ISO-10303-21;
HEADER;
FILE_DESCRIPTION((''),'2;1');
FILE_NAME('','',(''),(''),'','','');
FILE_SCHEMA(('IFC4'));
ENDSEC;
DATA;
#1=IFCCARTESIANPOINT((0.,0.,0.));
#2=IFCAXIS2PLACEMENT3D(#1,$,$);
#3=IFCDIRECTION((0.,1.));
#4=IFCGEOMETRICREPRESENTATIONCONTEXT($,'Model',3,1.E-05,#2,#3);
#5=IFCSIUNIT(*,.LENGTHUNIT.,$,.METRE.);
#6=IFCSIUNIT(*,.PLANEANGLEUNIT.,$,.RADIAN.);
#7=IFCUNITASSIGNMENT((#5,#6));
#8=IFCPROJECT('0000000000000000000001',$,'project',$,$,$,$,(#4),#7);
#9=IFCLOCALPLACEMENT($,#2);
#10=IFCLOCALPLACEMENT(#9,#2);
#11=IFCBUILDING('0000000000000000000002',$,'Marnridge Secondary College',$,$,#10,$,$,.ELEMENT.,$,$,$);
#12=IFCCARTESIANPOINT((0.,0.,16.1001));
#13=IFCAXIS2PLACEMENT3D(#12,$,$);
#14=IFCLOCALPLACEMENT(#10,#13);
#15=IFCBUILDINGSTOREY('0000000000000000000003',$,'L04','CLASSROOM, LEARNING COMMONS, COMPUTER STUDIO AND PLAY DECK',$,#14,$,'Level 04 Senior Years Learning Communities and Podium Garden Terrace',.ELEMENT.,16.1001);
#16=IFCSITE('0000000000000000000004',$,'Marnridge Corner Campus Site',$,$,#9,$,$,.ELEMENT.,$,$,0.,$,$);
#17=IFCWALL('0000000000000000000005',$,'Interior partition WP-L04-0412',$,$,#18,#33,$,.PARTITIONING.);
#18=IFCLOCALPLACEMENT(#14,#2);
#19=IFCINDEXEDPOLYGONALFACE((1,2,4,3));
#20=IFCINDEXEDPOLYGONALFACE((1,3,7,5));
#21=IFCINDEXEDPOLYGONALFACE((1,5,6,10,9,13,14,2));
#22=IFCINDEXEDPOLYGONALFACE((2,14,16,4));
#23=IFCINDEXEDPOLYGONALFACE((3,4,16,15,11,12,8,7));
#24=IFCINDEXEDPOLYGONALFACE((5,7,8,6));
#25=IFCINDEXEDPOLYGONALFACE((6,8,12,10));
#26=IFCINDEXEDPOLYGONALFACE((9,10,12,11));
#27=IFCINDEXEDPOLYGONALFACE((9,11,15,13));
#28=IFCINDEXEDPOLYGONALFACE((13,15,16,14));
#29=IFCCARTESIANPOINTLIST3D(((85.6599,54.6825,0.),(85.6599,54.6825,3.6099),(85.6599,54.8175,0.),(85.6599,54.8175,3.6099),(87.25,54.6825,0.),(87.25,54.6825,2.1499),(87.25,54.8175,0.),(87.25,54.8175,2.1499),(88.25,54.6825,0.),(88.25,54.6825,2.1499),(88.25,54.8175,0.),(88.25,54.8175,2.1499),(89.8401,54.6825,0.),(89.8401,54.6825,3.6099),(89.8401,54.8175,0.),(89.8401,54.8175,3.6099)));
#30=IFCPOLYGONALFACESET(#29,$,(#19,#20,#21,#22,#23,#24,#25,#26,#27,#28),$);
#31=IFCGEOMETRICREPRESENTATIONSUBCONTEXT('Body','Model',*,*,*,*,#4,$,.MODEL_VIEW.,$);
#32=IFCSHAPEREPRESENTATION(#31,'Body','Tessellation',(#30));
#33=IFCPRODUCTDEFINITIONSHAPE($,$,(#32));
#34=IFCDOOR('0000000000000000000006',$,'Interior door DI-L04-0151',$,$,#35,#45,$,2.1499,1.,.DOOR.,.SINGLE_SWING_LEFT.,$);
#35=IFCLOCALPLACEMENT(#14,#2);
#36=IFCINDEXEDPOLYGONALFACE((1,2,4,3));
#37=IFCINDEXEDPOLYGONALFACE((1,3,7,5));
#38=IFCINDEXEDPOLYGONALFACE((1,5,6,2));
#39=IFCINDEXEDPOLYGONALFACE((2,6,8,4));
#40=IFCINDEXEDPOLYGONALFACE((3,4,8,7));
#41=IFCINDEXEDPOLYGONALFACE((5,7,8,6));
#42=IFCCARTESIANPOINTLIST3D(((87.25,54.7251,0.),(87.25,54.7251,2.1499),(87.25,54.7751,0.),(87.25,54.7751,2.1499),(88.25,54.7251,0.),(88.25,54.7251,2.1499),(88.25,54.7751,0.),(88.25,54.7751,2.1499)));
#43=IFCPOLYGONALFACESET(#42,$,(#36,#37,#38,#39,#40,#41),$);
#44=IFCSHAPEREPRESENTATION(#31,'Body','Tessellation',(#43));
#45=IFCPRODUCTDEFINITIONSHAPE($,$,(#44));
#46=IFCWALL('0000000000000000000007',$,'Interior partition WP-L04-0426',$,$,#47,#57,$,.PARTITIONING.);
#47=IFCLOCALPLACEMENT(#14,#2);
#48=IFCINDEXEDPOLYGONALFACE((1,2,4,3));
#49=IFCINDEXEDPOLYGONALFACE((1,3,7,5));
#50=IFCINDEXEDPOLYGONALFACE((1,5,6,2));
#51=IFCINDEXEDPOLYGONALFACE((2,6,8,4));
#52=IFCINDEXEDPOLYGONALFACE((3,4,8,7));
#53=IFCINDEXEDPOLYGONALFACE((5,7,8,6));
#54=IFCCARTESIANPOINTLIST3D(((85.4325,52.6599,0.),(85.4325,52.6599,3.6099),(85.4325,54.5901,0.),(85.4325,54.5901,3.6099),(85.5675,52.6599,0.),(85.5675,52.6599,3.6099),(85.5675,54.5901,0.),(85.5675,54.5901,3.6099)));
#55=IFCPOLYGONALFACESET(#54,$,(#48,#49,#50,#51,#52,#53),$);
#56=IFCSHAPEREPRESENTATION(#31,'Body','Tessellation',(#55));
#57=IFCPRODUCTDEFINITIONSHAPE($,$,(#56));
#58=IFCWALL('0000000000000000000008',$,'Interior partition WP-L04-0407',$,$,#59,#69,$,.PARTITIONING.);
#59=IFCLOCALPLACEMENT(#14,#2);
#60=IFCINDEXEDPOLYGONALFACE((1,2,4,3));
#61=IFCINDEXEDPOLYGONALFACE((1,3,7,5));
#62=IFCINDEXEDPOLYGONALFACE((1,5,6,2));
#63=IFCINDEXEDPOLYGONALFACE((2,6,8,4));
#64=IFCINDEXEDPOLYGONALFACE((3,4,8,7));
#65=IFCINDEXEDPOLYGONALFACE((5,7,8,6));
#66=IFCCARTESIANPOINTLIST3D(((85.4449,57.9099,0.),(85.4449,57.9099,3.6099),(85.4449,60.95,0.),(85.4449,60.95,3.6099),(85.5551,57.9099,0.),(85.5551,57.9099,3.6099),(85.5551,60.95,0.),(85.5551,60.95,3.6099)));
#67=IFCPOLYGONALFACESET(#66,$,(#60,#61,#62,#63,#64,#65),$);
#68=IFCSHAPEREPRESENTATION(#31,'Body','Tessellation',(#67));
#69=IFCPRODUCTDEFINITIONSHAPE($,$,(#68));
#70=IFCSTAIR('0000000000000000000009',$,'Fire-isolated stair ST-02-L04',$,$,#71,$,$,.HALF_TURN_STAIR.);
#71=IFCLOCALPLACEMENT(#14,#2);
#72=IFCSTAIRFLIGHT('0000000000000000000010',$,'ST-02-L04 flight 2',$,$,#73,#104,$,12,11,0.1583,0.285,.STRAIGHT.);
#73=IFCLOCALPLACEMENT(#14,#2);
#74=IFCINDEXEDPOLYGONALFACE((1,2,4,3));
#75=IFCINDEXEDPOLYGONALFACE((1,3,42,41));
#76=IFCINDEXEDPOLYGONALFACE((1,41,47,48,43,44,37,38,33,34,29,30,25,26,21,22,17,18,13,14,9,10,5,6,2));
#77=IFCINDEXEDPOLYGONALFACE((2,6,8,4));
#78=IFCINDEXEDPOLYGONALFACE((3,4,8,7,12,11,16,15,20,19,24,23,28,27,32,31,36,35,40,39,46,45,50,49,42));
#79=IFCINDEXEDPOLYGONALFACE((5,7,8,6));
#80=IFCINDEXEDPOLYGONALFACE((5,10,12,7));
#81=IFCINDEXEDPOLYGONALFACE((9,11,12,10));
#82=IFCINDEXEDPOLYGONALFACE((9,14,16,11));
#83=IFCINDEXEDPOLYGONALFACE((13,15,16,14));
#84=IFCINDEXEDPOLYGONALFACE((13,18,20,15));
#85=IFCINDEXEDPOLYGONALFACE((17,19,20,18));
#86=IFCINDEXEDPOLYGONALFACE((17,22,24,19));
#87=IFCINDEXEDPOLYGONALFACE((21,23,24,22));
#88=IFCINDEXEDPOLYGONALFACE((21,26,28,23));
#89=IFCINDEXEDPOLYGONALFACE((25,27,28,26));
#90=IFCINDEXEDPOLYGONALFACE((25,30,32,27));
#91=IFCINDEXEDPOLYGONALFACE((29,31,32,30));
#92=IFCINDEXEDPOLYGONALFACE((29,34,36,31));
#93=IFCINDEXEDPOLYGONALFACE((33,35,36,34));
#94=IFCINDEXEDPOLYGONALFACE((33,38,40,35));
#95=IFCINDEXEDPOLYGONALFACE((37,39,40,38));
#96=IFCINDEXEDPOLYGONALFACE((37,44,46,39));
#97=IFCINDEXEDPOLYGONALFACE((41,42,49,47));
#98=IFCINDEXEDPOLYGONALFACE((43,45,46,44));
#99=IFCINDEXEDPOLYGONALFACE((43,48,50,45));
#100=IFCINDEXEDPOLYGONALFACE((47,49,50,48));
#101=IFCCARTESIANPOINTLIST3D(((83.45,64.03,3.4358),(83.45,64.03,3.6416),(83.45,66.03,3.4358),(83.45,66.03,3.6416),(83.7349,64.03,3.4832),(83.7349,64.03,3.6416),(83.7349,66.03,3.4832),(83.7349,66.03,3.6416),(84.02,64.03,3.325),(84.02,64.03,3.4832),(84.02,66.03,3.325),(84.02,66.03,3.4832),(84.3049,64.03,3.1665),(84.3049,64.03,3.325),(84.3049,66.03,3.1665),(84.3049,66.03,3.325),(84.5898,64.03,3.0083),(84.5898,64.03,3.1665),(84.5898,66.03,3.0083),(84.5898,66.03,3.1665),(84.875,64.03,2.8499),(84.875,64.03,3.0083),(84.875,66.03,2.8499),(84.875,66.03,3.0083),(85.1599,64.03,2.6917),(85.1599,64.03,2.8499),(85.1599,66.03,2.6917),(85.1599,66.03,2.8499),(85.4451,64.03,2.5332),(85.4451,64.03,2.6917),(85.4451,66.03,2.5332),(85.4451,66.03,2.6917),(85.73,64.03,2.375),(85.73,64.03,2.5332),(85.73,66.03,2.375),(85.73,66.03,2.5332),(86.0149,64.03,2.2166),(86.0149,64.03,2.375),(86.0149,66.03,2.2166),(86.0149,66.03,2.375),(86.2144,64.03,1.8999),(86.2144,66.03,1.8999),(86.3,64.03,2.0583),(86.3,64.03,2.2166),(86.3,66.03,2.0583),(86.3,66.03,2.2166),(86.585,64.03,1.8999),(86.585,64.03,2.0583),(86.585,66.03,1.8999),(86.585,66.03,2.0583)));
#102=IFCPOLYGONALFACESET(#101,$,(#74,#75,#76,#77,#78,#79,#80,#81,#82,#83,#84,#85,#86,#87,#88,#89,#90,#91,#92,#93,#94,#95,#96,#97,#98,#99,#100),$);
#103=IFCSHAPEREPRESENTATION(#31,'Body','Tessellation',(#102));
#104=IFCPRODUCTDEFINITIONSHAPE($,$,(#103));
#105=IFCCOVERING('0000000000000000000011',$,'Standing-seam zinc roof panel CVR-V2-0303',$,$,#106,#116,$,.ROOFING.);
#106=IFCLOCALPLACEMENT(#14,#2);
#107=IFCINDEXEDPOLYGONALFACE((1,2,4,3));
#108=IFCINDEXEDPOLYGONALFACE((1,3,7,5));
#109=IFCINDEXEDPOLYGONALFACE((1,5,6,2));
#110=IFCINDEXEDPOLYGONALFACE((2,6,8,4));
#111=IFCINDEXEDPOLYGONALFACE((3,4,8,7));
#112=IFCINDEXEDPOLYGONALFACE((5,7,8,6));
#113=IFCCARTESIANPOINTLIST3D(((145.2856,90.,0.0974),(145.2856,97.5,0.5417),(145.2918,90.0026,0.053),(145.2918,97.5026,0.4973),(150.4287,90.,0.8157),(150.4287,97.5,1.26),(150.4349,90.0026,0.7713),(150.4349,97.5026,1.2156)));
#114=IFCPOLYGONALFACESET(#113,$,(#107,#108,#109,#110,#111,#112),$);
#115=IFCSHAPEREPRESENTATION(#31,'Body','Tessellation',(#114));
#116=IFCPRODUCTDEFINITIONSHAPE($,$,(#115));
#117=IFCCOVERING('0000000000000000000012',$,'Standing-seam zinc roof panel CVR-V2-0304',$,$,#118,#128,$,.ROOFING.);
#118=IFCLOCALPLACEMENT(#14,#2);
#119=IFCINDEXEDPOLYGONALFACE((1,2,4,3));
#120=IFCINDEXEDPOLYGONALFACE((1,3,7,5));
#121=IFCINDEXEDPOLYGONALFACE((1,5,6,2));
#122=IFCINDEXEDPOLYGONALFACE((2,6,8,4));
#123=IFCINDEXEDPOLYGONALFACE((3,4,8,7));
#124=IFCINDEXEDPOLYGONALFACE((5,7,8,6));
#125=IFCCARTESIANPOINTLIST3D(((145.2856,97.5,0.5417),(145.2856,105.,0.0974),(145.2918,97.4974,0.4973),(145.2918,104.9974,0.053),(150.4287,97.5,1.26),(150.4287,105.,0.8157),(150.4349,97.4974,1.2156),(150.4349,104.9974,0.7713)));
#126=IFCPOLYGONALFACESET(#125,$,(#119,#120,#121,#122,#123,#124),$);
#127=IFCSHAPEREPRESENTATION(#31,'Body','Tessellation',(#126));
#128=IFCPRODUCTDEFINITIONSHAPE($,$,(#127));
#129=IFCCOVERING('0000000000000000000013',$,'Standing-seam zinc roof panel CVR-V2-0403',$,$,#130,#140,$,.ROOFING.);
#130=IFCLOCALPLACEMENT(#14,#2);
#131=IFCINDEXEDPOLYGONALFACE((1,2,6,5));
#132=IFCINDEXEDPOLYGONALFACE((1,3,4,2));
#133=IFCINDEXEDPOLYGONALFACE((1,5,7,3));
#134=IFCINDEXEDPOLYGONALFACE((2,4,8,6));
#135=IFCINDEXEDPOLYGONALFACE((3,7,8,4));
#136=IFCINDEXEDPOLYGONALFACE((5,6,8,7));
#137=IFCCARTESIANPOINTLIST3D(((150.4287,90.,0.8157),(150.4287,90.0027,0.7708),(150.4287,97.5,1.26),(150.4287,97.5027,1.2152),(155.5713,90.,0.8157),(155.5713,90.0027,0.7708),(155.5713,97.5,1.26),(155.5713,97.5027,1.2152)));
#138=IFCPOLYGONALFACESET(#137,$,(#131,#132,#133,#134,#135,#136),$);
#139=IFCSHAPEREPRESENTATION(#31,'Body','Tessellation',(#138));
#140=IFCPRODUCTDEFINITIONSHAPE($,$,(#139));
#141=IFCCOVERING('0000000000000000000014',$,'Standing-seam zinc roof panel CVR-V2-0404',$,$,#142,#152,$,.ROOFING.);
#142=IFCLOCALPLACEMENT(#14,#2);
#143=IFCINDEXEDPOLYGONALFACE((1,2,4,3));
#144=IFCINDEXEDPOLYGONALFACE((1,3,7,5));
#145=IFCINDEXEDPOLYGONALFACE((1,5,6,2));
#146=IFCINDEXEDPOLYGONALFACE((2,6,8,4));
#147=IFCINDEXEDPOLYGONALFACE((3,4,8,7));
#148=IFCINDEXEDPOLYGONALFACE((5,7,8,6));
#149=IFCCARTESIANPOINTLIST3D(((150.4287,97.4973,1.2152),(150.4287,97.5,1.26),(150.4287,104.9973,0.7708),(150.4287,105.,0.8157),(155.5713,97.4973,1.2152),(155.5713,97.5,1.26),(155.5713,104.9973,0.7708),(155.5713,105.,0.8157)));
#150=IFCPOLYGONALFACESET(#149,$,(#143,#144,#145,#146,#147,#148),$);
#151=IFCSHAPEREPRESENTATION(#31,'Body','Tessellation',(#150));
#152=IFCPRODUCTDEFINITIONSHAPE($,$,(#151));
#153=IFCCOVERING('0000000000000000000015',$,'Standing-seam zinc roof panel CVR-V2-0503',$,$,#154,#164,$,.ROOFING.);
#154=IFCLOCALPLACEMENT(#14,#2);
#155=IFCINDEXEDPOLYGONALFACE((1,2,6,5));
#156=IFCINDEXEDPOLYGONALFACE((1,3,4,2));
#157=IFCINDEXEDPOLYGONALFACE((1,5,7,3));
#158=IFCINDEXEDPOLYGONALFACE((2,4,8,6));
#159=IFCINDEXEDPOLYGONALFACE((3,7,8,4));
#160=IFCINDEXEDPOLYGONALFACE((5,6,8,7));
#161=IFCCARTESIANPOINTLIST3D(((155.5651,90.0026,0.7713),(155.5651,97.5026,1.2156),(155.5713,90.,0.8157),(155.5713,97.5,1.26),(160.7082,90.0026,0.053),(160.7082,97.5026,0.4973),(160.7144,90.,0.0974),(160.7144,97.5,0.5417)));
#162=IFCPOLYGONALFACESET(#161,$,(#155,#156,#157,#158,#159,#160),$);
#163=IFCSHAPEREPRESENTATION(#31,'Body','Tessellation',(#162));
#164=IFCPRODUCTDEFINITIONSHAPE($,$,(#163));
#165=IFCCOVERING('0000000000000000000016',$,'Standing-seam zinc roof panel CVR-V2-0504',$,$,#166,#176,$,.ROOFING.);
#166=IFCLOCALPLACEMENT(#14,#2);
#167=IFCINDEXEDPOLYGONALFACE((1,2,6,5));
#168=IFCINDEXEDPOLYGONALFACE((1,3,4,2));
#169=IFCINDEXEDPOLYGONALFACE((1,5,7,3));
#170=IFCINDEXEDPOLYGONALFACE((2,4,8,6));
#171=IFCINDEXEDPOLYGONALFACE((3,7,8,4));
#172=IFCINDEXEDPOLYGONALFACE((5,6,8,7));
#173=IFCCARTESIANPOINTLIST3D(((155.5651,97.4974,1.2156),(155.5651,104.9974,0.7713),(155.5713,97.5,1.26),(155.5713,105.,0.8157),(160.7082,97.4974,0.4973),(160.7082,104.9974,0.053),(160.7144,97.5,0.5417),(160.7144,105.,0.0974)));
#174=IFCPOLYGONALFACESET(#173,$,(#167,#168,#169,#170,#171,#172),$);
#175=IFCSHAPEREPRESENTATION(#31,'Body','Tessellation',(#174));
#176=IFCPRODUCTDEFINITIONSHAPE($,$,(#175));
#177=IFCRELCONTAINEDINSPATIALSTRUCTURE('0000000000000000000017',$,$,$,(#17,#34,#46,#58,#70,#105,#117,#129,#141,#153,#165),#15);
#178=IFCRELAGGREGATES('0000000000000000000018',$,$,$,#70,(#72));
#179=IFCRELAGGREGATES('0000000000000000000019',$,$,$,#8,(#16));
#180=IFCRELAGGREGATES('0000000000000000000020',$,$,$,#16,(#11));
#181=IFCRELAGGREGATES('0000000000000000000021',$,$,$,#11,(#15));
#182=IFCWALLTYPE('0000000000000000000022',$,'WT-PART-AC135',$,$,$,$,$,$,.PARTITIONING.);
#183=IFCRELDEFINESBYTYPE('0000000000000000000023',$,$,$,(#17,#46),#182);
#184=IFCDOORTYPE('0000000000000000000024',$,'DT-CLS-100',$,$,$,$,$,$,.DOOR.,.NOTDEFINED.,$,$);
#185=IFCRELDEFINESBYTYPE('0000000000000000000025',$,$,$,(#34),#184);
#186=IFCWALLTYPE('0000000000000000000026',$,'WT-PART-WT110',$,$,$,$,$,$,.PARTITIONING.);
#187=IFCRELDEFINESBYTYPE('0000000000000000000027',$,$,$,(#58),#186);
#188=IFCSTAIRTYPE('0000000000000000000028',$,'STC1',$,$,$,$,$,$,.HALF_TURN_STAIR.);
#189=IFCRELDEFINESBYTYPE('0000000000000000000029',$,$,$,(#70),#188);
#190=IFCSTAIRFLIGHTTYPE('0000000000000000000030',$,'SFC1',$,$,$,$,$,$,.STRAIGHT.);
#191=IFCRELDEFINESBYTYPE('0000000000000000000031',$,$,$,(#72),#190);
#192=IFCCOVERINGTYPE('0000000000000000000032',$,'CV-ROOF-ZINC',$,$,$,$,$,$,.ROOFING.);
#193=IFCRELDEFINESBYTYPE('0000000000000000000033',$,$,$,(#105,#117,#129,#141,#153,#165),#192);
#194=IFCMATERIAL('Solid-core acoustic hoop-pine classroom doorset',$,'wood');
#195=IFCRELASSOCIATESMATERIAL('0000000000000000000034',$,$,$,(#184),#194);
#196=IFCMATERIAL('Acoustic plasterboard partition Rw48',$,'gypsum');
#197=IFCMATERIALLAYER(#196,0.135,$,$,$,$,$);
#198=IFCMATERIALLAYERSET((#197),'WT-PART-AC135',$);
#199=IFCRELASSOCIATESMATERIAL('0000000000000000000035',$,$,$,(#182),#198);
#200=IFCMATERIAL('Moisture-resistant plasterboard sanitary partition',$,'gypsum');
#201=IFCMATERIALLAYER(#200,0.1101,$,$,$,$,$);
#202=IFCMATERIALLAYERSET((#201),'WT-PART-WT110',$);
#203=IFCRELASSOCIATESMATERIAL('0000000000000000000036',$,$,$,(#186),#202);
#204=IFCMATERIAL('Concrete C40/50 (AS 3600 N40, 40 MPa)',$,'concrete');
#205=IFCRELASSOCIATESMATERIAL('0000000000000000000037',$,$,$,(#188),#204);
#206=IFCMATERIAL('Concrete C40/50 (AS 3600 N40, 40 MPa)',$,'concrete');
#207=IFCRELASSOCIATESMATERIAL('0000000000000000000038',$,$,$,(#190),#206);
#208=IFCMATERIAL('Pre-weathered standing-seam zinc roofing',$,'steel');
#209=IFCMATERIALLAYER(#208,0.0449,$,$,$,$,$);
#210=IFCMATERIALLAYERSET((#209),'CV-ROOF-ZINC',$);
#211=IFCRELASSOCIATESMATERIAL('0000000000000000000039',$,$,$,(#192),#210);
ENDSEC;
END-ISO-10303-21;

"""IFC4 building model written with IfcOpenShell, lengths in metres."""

from ifc_helpers import new_model, si_unit, direction, frame, frame_2d, origin, place, context, subcontext, project, spatial, polyline, rectangle, outline, extrude, material, layer, layer_set, type_object, element, fill, aggregate, save


model = new_model("IFC4")

# Units and contexts
model_context = context("Model", 3, precision=1e-05, world=origin(), true_north=direction((0.0, 1.0)))
body_context = subcontext(model_context, "Body", "Model", "MODEL_VIEW")
ifc_project = project(units=[si_unit("LENGTHUNIT", "METRE"), si_unit("PLANEANGLEUNIT", "RADIAN")], contexts=[model_context])

# Site, building, storey
site_placement = place(None, origin())
site = spatial("IfcSite", under=ifc_project, at=site_placement, Name="Marnridge Corner Campus Site", CompositionType="ELEMENT", RefElevation=0.0)
building_placement = place(site_placement, origin())
building = spatial("IfcBuilding", under=site, at=building_placement, Name="Marnridge Secondary College", CompositionType="ELEMENT")
storey_placement = place(building_placement, frame((0.0, 0.0, 16.1001)))
storey = spatial("IfcBuildingStorey", under=building, at=storey_placement, Name="L04", Description="CLASSROOM, LEARNING COMMONS, COMPUTER STUDIO AND PLAY DECK", LongName="Level 04 Senior Years Learning Communities and Podium Garden Terrace", CompositionType="ELEMENT", Elevation=16.1001)

# Shared definitions
ifc_material_1 = material(Name="Solid-core acoustic hoop-pine classroom doorset", Category="wood")
door_type_1 = type_object("IfcDoorType", Name="DT-CLS-100", OperationType="NOTDEFINED", PredefinedType="DOOR", material=ifc_material_1)

# Wall, opening, door
ifc_material_2 = material(Name="Acoustic plasterboard partition Rw48", Category="gypsum")
ifc_layer_1 = layer(ifc_material_2, 0.135)
ifc_layer_set_1 = layer_set([ifc_layer_1], Name="WT-PART-AC135")
wall_type_1 = type_object("IfcWallType", Name="WT-PART-AC135", PredefinedType="PARTITIONING", material=ifc_layer_set_1)
wall_1_placement = place(storey_placement, frame((89.8401, 54.75, 0.0), z_axis=(0.0, 0.0, 1.0), x_axis=(-1.0, 0.0, 0.0)))
wall_1 = element("IfcWall", 1, at=wall_1_placement, inside=storey, type_object=wall_type_1, Name="Interior partition WP-L04-0412", PredefinedType="PARTITIONING", context=body_context, shape_type="SweptSolid", body=[
    extrude(rectangle(XDim=4.1802, YDim=0.135, at=frame_2d((2.0901, 0.0))), origin(), (0.0, 0.0, 1.0), 3.6099),
])
opening_1_placement = place(wall_1_placement, frame((1.5901, 0.0, 0.0)))
opening_1 = element("IfcOpeningElement", 2, at=opening_1_placement, cuts=wall_1, PredefinedType="OPENING", context=body_context, shape_type="SweptSolid", body=[
    extrude(rectangle(XDim=1.0, YDim=2.1499, at=frame_2d((0.5, 1.075))), frame((0.0, 0.0774, 0.0), z_axis=(0.0, -1.0, 0.0), x_axis=(1.0, 0.0, 0.0)), (0.0, 0.0, 1.0), 0.155),
])
door_1_placement = place(opening_1_placement, origin())
door_1 = element("IfcDoor", 3, at=door_1_placement, inside=storey, type_object=door_type_1, Name="Interior door DI-L04-0151", OperationType="SINGLE_SWING_LEFT", OverallHeight=2.1499, OverallWidth=1.0, PredefinedType="DOOR", context=body_context, shape_type="SweptSolid", body=[
    extrude(rectangle(XDim=1.0, YDim=2.1499, at=frame_2d((0.5, 1.075))), frame((0.0, 0.0249, 0.0), z_axis=(0.0, -1.0, 0.0), x_axis=(1.0, 0.0, 0.0)), (0.0, 0.0, 1.0), 0.05),
])
fill(opening_1, door_1)

# Walls
wall_2_placement = place(storey_placement, frame((85.5, 52.6599, 0.0), z_axis=(0.0, 0.0, 1.0), x_axis=(0.0, 1.0, 0.0)))
element("IfcWall", 4, at=wall_2_placement, inside=storey, type_object=wall_type_1, Name="Interior partition WP-L04-0426", PredefinedType="PARTITIONING", context=body_context, shape_type="SweptSolid", body=[
    extrude(rectangle(XDim=1.9302, YDim=0.135, at=frame_2d((0.9651, 0.0))), origin(), (0.0, 0.0, 1.0), 3.6099),
])
ifc_material_3 = material(Name="Moisture-resistant plasterboard sanitary partition", Category="gypsum")
ifc_layer_2 = layer(ifc_material_3, 0.1101)
ifc_layer_set_2 = layer_set([ifc_layer_2], Name="WT-PART-WT110")
wall_type_2 = type_object("IfcWallType", Name="WT-PART-WT110", PredefinedType="PARTITIONING", material=ifc_layer_set_2)
wall_3_placement = place(storey_placement, frame((85.5, 57.9099, 0.0), z_axis=(0.0, 0.0, 1.0), x_axis=(0.0, 1.0, 0.0)))
element("IfcWall", 5, at=wall_3_placement, inside=storey, type_object=wall_type_2, Name="Interior partition WP-L04-0407", PredefinedType="PARTITIONING", context=body_context, shape_type="SweptSolid", body=[
    extrude(rectangle(XDim=3.04, YDim=0.1101, at=frame_2d((1.52, 0.0))), origin(), (0.0, 0.0, 1.0), 3.6099),
])

# Stair, stair flight
ifc_material_4 = material(Name="Concrete C40/50 (AS 3600 N40, 40 MPa)", Category="concrete")
stair_type = type_object("IfcStairType", Name="STC1", PredefinedType="HALF_TURN_STAIR", material=ifc_material_4)
stair_placement = place(storey_placement, origin())
stair = element("IfcStair", 6, at=stair_placement, inside=storey, type_object=stair_type, Name="Fire-isolated stair ST-02-L04", PredefinedType="HALF_TURN_STAIR")
ifc_material_5 = material(Name="Concrete C40/50 (AS 3600 N40, 40 MPa)", Category="concrete")
stair_flight_type = type_object("IfcStairFlightType", Name="SFC1", PredefinedType="STRAIGHT", material=ifc_material_5)
stair_flight_placement = place(storey_placement, frame((86.585, 65.03, 1.8999), z_axis=(0.0, 0.0, 1.0), x_axis=(-1.0, 0.0, 0.0)))
stair_flight = element("IfcStairFlight", 7, at=stair_flight_placement, type_object=stair_flight_type, Name="ST-02-L04 flight 2", NumberOfRisers=12, NumberOfTreads=11, PredefinedType="STRAIGHT", RiserHeight=0.1583, TreadLength=0.285, context=body_context, shape_type="SweptSolid", body=[
    extrude(outline(polyline([(0.0, 0.0), (0.0, 0.1584), (0.2849, 0.1584), (0.2849, 0.3167), (0.5701, 0.3167), (0.5701, 0.4751), (0.855, 0.4751), (0.855, 0.6333), (1.1399, 0.6333), (1.1399, 0.7917), (1.425, 0.7917), (1.425, 0.95), (1.71, 0.95), (1.71, 1.1084), (1.9951, 1.1084), (1.9951, 1.2666), (2.28, 1.2666), (2.28, 1.425), (2.5649, 1.425), (2.5649, 1.5833), (2.8501, 1.5833), (2.8501, 1.7417), (3.135, 1.7417), (3.135, 1.8999), (3.135, 1.5359), (0.3706, 0.0), (0.0, 0.0)])), frame((0.0, 1.0, 0.0), z_axis=(0.0, -1.0, 0.0), x_axis=(1.0, 0.0, 0.0)), (0.0, 0.0, 1.0), 2.0),
])
aggregate(stair, [stair_flight])

# Coverings
ifc_material_6 = material(Name="Pre-weathered standing-seam zinc roofing", Category="steel")
ifc_layer_3 = layer(ifc_material_6, 0.0449)
ifc_layer_set_3 = layer_set([ifc_layer_3], Name="CV-ROOF-ZINC")
covering_type = type_object("IfcCoveringType", Name="CV-ROOF-ZINC", PredefinedType="ROOFING", material=ifc_layer_set_3)
covering_1_placement = place(storey_placement, frame((145.2856, 90.0, 0.0974), z_axis=(-0.138077, -0.058575, 0.988688), x_axis=(0.990388, 0.0, 0.138314)))
element("IfcCovering", 8, at=covering_1_placement, inside=storey, type_object=covering_type, Name="Standing-seam zinc roof panel CVR-V2-0303", PredefinedType="ROOFING", context=body_context, shape_type="SweptSolid", body=[
    extrude(outline(polyline([(0.0, 0.0), (5.193, 0.0), (5.2544, 7.5129), (0.0615, 7.5129), (0.0, 0.0)])), origin(), (0.0, 0.0, -1.0), 0.0449),
])
covering_2_placement = place(storey_placement, frame((145.2856, 97.5, 0.5417), z_axis=(-0.138077, 0.058575, 0.988688), x_axis=(0.990388, 0.0, 0.138314)))
element("IfcCovering", 9, at=covering_2_placement, inside=storey, type_object=covering_type, Name="Standing-seam zinc roof panel CVR-V2-0304", PredefinedType="ROOFING", context=body_context, shape_type="SweptSolid", body=[
    extrude(outline(polyline([(0.0, 0.0), (5.193, 0.0), (5.1315, 7.5129), (-0.0615, 7.5129), (0.0, 0.0)])), origin(), (0.0, 0.0, -1.0), 0.0449),
])
for number, where, z_axis, x_axis, name in (
    (10, (150.4287, 90.0, 0.8157), (0.0, -0.059141, 0.99825), (1.0, 0.0, 0.0), "Standing-seam zinc roof panel CVR-V2-0403"),
    (11, (150.4287, 97.5, 1.26), (0.0, 0.059141, 0.99825), (1.0, 0.0, 0.0), "Standing-seam zinc roof panel CVR-V2-0404"),
):
    element("IfcCovering", number, at=place(storey_placement, frame(where, z_axis=z_axis, x_axis=x_axis)), inside=storey, type_object=covering_type, Name=name, PredefinedType="ROOFING", context=body_context, shape_type="SweptSolid", body=[
        extrude(outline(polyline([(0.0, 0.0), (5.1426, 0.0), (5.1426, 7.5132), (0.0, 7.5132), (0.0, 0.0)])), origin(), (0.0, 0.0, -1.0), 0.0449),
    ])
covering_3_placement = place(storey_placement, frame((155.5713, 90.0, 0.8157), z_axis=(0.138077, -0.058575, 0.988688), x_axis=(0.990388, 0.0, -0.138314)))
element("IfcCovering", 12, at=covering_3_placement, inside=storey, type_object=covering_type, Name="Standing-seam zinc roof panel CVR-V2-0503", PredefinedType="ROOFING", context=body_context, shape_type="SweptSolid", body=[
    extrude(outline(polyline([(0.0, 0.0), (5.193, 0.0), (5.1315, 7.5129), (-0.0615, 7.5129), (0.0, 0.0)])), origin(), (0.0, 0.0, -1.0), 0.0449),
])
covering_4_placement = place(storey_placement, frame((155.5713, 97.5, 1.26), z_axis=(0.138077, 0.058575, 0.988688), x_axis=(0.990388, 0.0, -0.138314)))
element("IfcCovering", 13, at=covering_4_placement, inside=storey, type_object=covering_type, Name="Standing-seam zinc roof panel CVR-V2-0504", PredefinedType="ROOFING", context=body_context, shape_type="SweptSolid", body=[
    extrude(outline(polyline([(0.0, 0.0), (5.193, 0.0), (5.2544, 7.5129), (0.0615, 7.5129), (0.0, 0.0)])), origin(), (0.0, 0.0, -1.0), 0.0449),
])

save(model, "model.ifc")
